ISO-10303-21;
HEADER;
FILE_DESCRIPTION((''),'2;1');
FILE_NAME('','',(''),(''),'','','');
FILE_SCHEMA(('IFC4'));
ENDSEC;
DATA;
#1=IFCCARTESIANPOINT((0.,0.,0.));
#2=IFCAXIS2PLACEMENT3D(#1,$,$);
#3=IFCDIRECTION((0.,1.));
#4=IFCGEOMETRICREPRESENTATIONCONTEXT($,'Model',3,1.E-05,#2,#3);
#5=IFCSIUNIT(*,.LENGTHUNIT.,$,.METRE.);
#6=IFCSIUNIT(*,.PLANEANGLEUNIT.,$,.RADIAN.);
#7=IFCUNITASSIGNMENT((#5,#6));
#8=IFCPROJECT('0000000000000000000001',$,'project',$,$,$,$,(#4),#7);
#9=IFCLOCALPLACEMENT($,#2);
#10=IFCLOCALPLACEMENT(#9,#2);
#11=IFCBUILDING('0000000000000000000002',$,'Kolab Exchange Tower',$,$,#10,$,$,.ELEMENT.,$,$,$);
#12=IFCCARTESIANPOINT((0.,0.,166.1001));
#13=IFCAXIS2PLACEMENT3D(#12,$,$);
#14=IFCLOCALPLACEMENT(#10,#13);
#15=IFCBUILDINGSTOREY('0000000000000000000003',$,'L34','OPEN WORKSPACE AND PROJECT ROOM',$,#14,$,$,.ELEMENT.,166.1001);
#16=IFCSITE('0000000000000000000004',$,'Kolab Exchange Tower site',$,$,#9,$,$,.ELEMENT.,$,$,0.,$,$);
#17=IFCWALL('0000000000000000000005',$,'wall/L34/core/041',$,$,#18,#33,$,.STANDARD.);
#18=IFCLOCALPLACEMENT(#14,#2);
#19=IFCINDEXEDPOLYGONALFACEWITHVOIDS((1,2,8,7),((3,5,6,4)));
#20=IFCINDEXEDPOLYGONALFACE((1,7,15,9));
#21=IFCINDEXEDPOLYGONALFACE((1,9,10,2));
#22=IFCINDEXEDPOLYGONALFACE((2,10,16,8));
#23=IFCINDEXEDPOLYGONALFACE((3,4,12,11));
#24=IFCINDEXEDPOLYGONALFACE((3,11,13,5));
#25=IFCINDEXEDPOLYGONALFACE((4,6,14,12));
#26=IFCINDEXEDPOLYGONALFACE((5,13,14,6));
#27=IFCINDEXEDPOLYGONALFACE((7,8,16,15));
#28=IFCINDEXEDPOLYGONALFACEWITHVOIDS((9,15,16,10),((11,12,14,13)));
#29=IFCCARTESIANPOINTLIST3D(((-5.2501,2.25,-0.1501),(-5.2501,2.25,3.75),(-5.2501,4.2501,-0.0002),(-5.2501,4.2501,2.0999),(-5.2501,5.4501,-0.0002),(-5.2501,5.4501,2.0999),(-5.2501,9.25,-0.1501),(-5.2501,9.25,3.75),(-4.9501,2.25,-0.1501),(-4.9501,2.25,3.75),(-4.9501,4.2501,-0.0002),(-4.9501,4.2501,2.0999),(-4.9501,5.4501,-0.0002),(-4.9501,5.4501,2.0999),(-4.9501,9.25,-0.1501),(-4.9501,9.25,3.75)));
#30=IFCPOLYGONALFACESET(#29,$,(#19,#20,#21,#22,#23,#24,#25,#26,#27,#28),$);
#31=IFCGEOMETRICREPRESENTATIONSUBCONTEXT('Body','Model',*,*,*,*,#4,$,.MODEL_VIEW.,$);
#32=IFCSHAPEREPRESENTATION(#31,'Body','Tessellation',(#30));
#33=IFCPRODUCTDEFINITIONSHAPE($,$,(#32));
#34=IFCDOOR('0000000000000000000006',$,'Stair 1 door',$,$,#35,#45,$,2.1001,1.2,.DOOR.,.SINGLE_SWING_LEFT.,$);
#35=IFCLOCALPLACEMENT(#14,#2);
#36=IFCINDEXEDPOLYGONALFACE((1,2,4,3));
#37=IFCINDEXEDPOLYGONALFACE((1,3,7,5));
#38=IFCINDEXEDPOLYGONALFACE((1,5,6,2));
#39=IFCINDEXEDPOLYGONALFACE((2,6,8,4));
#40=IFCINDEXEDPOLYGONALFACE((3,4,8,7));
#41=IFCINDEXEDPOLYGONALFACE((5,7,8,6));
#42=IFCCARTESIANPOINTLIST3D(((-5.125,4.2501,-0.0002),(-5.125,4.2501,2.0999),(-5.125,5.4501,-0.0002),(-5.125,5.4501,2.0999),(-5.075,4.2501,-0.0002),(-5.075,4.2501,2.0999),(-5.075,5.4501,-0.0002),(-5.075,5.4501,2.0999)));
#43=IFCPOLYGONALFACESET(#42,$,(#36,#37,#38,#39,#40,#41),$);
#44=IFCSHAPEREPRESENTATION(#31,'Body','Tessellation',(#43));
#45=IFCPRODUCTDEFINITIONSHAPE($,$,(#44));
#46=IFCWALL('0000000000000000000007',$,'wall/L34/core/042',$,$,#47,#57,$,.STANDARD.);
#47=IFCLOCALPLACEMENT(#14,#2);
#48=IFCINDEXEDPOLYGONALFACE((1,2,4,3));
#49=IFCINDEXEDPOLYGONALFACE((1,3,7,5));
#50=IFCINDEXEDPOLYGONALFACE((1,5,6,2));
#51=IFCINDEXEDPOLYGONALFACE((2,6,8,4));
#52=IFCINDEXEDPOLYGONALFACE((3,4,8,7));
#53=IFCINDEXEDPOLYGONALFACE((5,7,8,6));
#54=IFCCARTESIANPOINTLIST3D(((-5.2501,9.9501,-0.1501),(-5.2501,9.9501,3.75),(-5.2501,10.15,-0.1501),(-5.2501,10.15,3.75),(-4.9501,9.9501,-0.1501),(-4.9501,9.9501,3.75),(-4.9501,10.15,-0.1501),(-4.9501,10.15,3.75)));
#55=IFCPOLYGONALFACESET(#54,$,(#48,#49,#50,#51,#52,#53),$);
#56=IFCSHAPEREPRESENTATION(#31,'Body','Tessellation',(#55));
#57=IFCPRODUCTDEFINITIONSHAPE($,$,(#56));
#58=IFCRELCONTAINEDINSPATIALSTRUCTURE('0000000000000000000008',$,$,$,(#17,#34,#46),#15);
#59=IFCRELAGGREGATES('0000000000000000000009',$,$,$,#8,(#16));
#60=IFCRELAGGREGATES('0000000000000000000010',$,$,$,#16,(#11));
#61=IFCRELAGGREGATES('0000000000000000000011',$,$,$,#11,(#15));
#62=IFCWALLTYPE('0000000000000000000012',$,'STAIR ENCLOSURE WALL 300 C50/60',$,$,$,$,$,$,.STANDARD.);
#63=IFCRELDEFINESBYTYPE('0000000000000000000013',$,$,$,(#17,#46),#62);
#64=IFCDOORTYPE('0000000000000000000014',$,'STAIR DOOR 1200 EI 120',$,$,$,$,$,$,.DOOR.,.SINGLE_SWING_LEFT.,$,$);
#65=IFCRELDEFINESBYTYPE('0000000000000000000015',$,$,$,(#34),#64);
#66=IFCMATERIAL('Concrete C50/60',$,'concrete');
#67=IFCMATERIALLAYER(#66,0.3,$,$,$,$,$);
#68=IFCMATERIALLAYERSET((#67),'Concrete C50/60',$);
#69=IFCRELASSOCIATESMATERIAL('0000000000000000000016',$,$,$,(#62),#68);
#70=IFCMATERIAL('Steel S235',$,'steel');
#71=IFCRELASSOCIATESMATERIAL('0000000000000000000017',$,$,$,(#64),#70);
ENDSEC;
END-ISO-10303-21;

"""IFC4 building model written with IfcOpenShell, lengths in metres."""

from ifc_helpers import new_model, si_unit, direction, frame, frame_2d, origin, place, context, subcontext, project, spatial, rectangle, extrude, material, layer, layer_set, type_object, element, fill, save


model = new_model("IFC4")

# Units and contexts
model_context = context("Model", 3, precision=1e-05, world=origin(), true_north=direction((0.0, 1.0)))
body_context = subcontext(model_context, "Body", "Model", "MODEL_VIEW")
ifc_project = project(units=[si_unit("LENGTHUNIT", "METRE"), si_unit("PLANEANGLEUNIT", "RADIAN")], contexts=[model_context])

# Site, building, storey
site_placement = place(None, origin())
site = spatial("IfcSite", under=ifc_project, at=site_placement, Name="Kolab Exchange Tower site", CompositionType="ELEMENT", RefElevation=0.0)
building_placement = place(site_placement, origin())
building = spatial("IfcBuilding", under=site, at=building_placement, Name="Kolab Exchange Tower", CompositionType="ELEMENT")
storey_placement = place(building_placement, frame((0.0, 0.0, 166.1001)))
storey = spatial("IfcBuildingStorey", under=building, at=storey_placement, Name="L34", Description="OPEN WORKSPACE AND PROJECT ROOM", CompositionType="ELEMENT", Elevation=166.1001)

# Shared definitions
ifc_material_1 = material(Name="Steel S235", Category="steel")
ifc_material_2 = material(Name="Concrete C50/60", Category="concrete")

# Wall, opening, door
ifc_layer_1 = layer(ifc_material_2, 0.3)
ifc_layer_set_1 = layer_set([ifc_layer_1], Name="Concrete C50/60")
wall_type_1 = type_object("IfcWallType", Name="STAIR ENCLOSURE WALL 300 C50/60", PredefinedType="STANDARD", material=ifc_layer_set_1)
wall_1_placement = place(storey_placement, frame((-5.1001, 2.25, -0.1501), z_axis=(0.0, 0.0, 1.0), x_axis=(0.0, 1.0, 0.0)))
wall_1 = element("IfcWall", 1, at=wall_1_placement, inside=storey, type_object=wall_type_1, Name="wall/L34/core/041", PredefinedType="STANDARD", context=body_context, shape_type="SweptSolid", body=[
    extrude(rectangle(XDim=7.0, YDim=0.3, at=frame_2d((3.5, 0.0))), origin(), (0.0, 0.0, 1.0), 3.9001),
])
opening_1_placement = place(wall_1_placement, frame((2.0, 0.0, 0.1499)))
opening_1 = element("IfcOpeningElement", 2, at=opening_1_placement, cuts=wall_1, PredefinedType="OPENING", context=body_context, shape_type="SweptSolid", body=[
    extrude(rectangle(XDim=1.2, YDim=2.1001, at=frame_2d((0.6001, 1.05))), frame((0.0, 0.1602, 0.0), z_axis=(0.0, -1.0, 0.0), x_axis=(1.0, 0.0, 0.0)), (0.0, 0.0, 1.0), 0.3201),
])
door_type_1 = type_object("IfcDoorType", Name="STAIR DOOR 1200 EI 120", OperationType="SINGLE_SWING_LEFT", PredefinedType="DOOR", material=ifc_material_1)
door_1_placement = place(opening_1_placement, origin())
door_1 = element("IfcDoor", 3, at=door_1_placement, inside=storey, type_object=door_type_1, Name="Stair 1 door", OperationType="SINGLE_SWING_LEFT", OverallHeight=2.1001, OverallWidth=1.2, PredefinedType="DOOR", context=body_context, shape_type="SweptSolid", body=[
    extrude(rectangle(XDim=1.2, YDim=2.1001, at=frame_2d((0.6001, 1.05))), frame((0.0, 0.0249, 0.0), z_axis=(0.0, -1.0, 0.0), x_axis=(1.0, 0.0, 0.0)), (0.0, 0.0, 1.0), 0.05),
])
fill(opening_1, door_1)

# Wall
wall_2_placement = place(storey_placement, frame((-5.1001, 9.95, -0.1501), z_axis=(0.0, 0.0, 1.0), x_axis=(0.0, 1.0, 0.0)))
element("IfcWall", 4, at=wall_2_placement, inside=storey, type_object=wall_type_1, Name="wall/L34/core/042", PredefinedType="STANDARD", context=body_context, shape_type="SweptSolid", body=[
    extrude(rectangle(XDim=0.2, YDim=0.3, at=frame_2d((0.1001, 0.0))), origin(), (0.0, 0.0, 1.0), 3.9001),
])

save(model, "model.ifc")
